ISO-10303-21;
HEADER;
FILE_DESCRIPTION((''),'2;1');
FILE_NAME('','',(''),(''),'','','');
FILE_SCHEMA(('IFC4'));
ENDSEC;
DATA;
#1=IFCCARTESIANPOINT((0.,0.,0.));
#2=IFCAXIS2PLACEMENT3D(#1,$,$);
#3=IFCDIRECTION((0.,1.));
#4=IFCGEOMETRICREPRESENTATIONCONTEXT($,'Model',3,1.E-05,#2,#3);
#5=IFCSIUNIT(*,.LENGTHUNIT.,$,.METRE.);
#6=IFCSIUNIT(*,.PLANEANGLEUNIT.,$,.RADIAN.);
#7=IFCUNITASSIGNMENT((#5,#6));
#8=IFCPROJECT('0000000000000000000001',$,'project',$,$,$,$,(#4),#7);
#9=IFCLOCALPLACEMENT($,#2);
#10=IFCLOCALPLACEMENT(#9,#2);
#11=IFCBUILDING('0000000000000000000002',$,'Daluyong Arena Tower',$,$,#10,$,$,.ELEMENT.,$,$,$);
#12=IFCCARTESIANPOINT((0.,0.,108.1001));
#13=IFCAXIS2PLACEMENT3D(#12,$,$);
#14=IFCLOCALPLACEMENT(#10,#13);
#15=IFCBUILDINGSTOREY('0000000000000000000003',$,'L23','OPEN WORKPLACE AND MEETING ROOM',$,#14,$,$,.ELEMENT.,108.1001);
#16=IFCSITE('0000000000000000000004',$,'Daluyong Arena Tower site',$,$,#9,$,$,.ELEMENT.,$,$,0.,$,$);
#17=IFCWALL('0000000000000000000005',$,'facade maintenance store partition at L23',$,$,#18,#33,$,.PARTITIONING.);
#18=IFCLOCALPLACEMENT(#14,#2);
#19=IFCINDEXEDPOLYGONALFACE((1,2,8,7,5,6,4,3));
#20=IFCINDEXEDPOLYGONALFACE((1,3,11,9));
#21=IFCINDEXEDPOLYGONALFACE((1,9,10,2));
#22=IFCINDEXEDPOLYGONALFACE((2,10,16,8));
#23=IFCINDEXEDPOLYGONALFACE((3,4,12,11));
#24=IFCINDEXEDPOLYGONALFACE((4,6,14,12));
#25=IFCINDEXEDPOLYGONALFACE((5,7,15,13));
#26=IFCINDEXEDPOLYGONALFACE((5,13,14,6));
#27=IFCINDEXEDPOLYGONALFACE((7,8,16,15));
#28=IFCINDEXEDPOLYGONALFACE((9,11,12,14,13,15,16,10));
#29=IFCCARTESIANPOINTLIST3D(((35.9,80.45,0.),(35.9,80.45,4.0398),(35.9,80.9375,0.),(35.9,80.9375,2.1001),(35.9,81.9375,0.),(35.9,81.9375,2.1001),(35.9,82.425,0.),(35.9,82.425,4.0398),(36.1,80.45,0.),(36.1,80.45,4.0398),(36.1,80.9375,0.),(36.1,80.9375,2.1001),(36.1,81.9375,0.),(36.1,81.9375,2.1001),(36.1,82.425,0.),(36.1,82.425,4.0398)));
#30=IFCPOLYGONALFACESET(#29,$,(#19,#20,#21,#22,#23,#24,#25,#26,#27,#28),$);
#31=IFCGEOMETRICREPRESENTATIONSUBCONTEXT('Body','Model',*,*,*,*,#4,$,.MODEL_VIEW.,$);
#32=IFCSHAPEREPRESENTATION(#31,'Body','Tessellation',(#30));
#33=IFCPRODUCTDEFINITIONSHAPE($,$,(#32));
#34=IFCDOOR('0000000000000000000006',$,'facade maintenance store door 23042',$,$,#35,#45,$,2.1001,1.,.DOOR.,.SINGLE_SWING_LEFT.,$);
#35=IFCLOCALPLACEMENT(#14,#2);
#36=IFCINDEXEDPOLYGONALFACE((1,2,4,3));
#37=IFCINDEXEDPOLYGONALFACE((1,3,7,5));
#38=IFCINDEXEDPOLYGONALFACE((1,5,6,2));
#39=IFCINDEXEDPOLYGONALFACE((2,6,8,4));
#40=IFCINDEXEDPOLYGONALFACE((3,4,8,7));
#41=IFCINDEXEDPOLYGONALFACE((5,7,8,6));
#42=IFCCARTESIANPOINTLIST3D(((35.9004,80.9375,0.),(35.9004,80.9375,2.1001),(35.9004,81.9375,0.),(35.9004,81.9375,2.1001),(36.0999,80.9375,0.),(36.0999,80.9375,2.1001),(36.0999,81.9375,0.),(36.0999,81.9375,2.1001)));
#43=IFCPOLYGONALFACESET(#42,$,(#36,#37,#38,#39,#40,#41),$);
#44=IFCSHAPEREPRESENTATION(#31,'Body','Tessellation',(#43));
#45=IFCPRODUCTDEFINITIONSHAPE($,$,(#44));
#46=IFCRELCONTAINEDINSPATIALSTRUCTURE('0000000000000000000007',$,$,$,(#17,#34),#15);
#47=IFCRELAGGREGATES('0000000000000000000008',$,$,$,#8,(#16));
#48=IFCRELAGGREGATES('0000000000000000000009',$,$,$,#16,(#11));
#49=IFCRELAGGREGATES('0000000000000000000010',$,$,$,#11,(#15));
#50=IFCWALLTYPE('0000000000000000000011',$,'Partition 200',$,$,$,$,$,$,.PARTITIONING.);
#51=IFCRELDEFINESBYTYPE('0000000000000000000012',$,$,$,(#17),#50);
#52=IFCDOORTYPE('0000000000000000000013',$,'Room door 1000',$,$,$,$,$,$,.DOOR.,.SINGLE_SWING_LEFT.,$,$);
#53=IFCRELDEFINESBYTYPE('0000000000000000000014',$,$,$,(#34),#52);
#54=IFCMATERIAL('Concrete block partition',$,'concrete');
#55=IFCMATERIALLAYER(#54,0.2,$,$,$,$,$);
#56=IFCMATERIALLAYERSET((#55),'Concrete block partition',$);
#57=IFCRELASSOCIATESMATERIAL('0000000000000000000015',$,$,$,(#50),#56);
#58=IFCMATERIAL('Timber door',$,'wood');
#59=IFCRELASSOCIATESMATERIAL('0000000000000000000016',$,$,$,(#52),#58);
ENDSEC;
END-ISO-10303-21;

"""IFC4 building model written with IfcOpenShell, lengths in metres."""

from ifc_helpers import new_model, si_unit, direction, frame, frame_2d, origin, place, context, subcontext, project, spatial, rectangle, extrude, material, layer, layer_set, type_object, element, fill, save


model = new_model("IFC4")

# Units and contexts
model_context = context("Model", 3, precision=1e-05, world=origin(), true_north=direction((0.0, 1.0)))
body_context = subcontext(model_context, "Body", "Model", "MODEL_VIEW")
ifc_project = project(units=[si_unit("LENGTHUNIT", "METRE"), si_unit("PLANEANGLEUNIT", "RADIAN")], contexts=[model_context])

# Site, building, storey
site_placement = place(None, origin())
site = spatial("IfcSite", under=ifc_project, at=site_placement, Name="Daluyong Arena Tower site", CompositionType="ELEMENT", RefElevation=0.0)
building_placement = place(site_placement, origin())
building = spatial("IfcBuilding", under=site, at=building_placement, Name="Daluyong Arena Tower", CompositionType="ELEMENT")
storey_placement = place(building_placement, frame((0.0, 0.0, 108.1001)))
storey = spatial("IfcBuildingStorey", under=building, at=storey_placement, Name="L23", Description="OPEN WORKPLACE AND MEETING ROOM", CompositionType="ELEMENT", Elevation=108.1001)

# Wall, opening, door
ifc_material_1 = material(Name="Concrete block partition", Category="concrete")
ifc_layer_1 = layer(ifc_material_1, 0.2)
ifc_layer_set_1 = layer_set([ifc_layer_1], Name="Concrete block partition")
wall_type_1 = type_object("IfcWallType", Name="Partition 200", PredefinedType="PARTITIONING", material=ifc_layer_set_1)
wall_1_placement = place(storey_placement, frame((36.0, 80.45, 0.0), z_axis=(0.0, 0.0, 1.0), x_axis=(0.0, 1.0, 0.0)))
wall_1 = element("IfcWall", 1, at=wall_1_placement, inside=storey, type_object=wall_type_1, Name="facade maintenance store partition at L23", PredefinedType="PARTITIONING", context=body_context, shape_type="SweptSolid", body=[
    extrude(rectangle(XDim=1.9751, YDim=0.2, at=frame_2d((0.9875, 0.0))), origin(), (0.0, 0.0, 1.0), 4.0398),
])
opening_1_placement = place(wall_1_placement, frame((0.4875, 0.0, 0.0)))
opening_1 = element("IfcOpeningElement", 2, at=opening_1_placement, cuts=wall_1, PredefinedType="OPENING", context=body_context, shape_type="SweptSolid", body=[
    extrude(rectangle(XDim=1.0, YDim=2.1001, at=frame_2d((0.5, 1.05))), frame((0.0, 0.1099, 0.0), z_axis=(0.0, -1.0, 0.0), x_axis=(1.0, 0.0, 0.0)), (0.0, 0.0, 1.0), 0.22),
])
ifc_material_2 = material(Name="Timber door", Category="wood")
door_type_1 = type_object("IfcDoorType", Name="Room door 1000", OperationType="SINGLE_SWING_LEFT", PredefinedType="DOOR", material=ifc_material_2)
door_1_placement = place(opening_1_placement, origin())
door_1 = element("IfcDoor", 3, at=door_1_placement, inside=storey, type_object=door_type_1, Name="facade maintenance store door 23042", OperationType="SINGLE_SWING_LEFT", OverallHeight=2.1001, OverallWidth=1.0, PredefinedType="DOOR", context=body_context, shape_type="SweptSolid", body=[
    extrude(rectangle(XDim=1.0, YDim=2.1001, at=frame_2d((0.5, 1.05))), frame((0.0, 0.0996, 0.0), z_axis=(0.0, -1.0, 0.0), x_axis=(1.0, 0.0, 0.0)), (0.0, 0.0, 1.0), 0.1995),
])
fill(opening_1, door_1)

save(model, "model.ifc")
